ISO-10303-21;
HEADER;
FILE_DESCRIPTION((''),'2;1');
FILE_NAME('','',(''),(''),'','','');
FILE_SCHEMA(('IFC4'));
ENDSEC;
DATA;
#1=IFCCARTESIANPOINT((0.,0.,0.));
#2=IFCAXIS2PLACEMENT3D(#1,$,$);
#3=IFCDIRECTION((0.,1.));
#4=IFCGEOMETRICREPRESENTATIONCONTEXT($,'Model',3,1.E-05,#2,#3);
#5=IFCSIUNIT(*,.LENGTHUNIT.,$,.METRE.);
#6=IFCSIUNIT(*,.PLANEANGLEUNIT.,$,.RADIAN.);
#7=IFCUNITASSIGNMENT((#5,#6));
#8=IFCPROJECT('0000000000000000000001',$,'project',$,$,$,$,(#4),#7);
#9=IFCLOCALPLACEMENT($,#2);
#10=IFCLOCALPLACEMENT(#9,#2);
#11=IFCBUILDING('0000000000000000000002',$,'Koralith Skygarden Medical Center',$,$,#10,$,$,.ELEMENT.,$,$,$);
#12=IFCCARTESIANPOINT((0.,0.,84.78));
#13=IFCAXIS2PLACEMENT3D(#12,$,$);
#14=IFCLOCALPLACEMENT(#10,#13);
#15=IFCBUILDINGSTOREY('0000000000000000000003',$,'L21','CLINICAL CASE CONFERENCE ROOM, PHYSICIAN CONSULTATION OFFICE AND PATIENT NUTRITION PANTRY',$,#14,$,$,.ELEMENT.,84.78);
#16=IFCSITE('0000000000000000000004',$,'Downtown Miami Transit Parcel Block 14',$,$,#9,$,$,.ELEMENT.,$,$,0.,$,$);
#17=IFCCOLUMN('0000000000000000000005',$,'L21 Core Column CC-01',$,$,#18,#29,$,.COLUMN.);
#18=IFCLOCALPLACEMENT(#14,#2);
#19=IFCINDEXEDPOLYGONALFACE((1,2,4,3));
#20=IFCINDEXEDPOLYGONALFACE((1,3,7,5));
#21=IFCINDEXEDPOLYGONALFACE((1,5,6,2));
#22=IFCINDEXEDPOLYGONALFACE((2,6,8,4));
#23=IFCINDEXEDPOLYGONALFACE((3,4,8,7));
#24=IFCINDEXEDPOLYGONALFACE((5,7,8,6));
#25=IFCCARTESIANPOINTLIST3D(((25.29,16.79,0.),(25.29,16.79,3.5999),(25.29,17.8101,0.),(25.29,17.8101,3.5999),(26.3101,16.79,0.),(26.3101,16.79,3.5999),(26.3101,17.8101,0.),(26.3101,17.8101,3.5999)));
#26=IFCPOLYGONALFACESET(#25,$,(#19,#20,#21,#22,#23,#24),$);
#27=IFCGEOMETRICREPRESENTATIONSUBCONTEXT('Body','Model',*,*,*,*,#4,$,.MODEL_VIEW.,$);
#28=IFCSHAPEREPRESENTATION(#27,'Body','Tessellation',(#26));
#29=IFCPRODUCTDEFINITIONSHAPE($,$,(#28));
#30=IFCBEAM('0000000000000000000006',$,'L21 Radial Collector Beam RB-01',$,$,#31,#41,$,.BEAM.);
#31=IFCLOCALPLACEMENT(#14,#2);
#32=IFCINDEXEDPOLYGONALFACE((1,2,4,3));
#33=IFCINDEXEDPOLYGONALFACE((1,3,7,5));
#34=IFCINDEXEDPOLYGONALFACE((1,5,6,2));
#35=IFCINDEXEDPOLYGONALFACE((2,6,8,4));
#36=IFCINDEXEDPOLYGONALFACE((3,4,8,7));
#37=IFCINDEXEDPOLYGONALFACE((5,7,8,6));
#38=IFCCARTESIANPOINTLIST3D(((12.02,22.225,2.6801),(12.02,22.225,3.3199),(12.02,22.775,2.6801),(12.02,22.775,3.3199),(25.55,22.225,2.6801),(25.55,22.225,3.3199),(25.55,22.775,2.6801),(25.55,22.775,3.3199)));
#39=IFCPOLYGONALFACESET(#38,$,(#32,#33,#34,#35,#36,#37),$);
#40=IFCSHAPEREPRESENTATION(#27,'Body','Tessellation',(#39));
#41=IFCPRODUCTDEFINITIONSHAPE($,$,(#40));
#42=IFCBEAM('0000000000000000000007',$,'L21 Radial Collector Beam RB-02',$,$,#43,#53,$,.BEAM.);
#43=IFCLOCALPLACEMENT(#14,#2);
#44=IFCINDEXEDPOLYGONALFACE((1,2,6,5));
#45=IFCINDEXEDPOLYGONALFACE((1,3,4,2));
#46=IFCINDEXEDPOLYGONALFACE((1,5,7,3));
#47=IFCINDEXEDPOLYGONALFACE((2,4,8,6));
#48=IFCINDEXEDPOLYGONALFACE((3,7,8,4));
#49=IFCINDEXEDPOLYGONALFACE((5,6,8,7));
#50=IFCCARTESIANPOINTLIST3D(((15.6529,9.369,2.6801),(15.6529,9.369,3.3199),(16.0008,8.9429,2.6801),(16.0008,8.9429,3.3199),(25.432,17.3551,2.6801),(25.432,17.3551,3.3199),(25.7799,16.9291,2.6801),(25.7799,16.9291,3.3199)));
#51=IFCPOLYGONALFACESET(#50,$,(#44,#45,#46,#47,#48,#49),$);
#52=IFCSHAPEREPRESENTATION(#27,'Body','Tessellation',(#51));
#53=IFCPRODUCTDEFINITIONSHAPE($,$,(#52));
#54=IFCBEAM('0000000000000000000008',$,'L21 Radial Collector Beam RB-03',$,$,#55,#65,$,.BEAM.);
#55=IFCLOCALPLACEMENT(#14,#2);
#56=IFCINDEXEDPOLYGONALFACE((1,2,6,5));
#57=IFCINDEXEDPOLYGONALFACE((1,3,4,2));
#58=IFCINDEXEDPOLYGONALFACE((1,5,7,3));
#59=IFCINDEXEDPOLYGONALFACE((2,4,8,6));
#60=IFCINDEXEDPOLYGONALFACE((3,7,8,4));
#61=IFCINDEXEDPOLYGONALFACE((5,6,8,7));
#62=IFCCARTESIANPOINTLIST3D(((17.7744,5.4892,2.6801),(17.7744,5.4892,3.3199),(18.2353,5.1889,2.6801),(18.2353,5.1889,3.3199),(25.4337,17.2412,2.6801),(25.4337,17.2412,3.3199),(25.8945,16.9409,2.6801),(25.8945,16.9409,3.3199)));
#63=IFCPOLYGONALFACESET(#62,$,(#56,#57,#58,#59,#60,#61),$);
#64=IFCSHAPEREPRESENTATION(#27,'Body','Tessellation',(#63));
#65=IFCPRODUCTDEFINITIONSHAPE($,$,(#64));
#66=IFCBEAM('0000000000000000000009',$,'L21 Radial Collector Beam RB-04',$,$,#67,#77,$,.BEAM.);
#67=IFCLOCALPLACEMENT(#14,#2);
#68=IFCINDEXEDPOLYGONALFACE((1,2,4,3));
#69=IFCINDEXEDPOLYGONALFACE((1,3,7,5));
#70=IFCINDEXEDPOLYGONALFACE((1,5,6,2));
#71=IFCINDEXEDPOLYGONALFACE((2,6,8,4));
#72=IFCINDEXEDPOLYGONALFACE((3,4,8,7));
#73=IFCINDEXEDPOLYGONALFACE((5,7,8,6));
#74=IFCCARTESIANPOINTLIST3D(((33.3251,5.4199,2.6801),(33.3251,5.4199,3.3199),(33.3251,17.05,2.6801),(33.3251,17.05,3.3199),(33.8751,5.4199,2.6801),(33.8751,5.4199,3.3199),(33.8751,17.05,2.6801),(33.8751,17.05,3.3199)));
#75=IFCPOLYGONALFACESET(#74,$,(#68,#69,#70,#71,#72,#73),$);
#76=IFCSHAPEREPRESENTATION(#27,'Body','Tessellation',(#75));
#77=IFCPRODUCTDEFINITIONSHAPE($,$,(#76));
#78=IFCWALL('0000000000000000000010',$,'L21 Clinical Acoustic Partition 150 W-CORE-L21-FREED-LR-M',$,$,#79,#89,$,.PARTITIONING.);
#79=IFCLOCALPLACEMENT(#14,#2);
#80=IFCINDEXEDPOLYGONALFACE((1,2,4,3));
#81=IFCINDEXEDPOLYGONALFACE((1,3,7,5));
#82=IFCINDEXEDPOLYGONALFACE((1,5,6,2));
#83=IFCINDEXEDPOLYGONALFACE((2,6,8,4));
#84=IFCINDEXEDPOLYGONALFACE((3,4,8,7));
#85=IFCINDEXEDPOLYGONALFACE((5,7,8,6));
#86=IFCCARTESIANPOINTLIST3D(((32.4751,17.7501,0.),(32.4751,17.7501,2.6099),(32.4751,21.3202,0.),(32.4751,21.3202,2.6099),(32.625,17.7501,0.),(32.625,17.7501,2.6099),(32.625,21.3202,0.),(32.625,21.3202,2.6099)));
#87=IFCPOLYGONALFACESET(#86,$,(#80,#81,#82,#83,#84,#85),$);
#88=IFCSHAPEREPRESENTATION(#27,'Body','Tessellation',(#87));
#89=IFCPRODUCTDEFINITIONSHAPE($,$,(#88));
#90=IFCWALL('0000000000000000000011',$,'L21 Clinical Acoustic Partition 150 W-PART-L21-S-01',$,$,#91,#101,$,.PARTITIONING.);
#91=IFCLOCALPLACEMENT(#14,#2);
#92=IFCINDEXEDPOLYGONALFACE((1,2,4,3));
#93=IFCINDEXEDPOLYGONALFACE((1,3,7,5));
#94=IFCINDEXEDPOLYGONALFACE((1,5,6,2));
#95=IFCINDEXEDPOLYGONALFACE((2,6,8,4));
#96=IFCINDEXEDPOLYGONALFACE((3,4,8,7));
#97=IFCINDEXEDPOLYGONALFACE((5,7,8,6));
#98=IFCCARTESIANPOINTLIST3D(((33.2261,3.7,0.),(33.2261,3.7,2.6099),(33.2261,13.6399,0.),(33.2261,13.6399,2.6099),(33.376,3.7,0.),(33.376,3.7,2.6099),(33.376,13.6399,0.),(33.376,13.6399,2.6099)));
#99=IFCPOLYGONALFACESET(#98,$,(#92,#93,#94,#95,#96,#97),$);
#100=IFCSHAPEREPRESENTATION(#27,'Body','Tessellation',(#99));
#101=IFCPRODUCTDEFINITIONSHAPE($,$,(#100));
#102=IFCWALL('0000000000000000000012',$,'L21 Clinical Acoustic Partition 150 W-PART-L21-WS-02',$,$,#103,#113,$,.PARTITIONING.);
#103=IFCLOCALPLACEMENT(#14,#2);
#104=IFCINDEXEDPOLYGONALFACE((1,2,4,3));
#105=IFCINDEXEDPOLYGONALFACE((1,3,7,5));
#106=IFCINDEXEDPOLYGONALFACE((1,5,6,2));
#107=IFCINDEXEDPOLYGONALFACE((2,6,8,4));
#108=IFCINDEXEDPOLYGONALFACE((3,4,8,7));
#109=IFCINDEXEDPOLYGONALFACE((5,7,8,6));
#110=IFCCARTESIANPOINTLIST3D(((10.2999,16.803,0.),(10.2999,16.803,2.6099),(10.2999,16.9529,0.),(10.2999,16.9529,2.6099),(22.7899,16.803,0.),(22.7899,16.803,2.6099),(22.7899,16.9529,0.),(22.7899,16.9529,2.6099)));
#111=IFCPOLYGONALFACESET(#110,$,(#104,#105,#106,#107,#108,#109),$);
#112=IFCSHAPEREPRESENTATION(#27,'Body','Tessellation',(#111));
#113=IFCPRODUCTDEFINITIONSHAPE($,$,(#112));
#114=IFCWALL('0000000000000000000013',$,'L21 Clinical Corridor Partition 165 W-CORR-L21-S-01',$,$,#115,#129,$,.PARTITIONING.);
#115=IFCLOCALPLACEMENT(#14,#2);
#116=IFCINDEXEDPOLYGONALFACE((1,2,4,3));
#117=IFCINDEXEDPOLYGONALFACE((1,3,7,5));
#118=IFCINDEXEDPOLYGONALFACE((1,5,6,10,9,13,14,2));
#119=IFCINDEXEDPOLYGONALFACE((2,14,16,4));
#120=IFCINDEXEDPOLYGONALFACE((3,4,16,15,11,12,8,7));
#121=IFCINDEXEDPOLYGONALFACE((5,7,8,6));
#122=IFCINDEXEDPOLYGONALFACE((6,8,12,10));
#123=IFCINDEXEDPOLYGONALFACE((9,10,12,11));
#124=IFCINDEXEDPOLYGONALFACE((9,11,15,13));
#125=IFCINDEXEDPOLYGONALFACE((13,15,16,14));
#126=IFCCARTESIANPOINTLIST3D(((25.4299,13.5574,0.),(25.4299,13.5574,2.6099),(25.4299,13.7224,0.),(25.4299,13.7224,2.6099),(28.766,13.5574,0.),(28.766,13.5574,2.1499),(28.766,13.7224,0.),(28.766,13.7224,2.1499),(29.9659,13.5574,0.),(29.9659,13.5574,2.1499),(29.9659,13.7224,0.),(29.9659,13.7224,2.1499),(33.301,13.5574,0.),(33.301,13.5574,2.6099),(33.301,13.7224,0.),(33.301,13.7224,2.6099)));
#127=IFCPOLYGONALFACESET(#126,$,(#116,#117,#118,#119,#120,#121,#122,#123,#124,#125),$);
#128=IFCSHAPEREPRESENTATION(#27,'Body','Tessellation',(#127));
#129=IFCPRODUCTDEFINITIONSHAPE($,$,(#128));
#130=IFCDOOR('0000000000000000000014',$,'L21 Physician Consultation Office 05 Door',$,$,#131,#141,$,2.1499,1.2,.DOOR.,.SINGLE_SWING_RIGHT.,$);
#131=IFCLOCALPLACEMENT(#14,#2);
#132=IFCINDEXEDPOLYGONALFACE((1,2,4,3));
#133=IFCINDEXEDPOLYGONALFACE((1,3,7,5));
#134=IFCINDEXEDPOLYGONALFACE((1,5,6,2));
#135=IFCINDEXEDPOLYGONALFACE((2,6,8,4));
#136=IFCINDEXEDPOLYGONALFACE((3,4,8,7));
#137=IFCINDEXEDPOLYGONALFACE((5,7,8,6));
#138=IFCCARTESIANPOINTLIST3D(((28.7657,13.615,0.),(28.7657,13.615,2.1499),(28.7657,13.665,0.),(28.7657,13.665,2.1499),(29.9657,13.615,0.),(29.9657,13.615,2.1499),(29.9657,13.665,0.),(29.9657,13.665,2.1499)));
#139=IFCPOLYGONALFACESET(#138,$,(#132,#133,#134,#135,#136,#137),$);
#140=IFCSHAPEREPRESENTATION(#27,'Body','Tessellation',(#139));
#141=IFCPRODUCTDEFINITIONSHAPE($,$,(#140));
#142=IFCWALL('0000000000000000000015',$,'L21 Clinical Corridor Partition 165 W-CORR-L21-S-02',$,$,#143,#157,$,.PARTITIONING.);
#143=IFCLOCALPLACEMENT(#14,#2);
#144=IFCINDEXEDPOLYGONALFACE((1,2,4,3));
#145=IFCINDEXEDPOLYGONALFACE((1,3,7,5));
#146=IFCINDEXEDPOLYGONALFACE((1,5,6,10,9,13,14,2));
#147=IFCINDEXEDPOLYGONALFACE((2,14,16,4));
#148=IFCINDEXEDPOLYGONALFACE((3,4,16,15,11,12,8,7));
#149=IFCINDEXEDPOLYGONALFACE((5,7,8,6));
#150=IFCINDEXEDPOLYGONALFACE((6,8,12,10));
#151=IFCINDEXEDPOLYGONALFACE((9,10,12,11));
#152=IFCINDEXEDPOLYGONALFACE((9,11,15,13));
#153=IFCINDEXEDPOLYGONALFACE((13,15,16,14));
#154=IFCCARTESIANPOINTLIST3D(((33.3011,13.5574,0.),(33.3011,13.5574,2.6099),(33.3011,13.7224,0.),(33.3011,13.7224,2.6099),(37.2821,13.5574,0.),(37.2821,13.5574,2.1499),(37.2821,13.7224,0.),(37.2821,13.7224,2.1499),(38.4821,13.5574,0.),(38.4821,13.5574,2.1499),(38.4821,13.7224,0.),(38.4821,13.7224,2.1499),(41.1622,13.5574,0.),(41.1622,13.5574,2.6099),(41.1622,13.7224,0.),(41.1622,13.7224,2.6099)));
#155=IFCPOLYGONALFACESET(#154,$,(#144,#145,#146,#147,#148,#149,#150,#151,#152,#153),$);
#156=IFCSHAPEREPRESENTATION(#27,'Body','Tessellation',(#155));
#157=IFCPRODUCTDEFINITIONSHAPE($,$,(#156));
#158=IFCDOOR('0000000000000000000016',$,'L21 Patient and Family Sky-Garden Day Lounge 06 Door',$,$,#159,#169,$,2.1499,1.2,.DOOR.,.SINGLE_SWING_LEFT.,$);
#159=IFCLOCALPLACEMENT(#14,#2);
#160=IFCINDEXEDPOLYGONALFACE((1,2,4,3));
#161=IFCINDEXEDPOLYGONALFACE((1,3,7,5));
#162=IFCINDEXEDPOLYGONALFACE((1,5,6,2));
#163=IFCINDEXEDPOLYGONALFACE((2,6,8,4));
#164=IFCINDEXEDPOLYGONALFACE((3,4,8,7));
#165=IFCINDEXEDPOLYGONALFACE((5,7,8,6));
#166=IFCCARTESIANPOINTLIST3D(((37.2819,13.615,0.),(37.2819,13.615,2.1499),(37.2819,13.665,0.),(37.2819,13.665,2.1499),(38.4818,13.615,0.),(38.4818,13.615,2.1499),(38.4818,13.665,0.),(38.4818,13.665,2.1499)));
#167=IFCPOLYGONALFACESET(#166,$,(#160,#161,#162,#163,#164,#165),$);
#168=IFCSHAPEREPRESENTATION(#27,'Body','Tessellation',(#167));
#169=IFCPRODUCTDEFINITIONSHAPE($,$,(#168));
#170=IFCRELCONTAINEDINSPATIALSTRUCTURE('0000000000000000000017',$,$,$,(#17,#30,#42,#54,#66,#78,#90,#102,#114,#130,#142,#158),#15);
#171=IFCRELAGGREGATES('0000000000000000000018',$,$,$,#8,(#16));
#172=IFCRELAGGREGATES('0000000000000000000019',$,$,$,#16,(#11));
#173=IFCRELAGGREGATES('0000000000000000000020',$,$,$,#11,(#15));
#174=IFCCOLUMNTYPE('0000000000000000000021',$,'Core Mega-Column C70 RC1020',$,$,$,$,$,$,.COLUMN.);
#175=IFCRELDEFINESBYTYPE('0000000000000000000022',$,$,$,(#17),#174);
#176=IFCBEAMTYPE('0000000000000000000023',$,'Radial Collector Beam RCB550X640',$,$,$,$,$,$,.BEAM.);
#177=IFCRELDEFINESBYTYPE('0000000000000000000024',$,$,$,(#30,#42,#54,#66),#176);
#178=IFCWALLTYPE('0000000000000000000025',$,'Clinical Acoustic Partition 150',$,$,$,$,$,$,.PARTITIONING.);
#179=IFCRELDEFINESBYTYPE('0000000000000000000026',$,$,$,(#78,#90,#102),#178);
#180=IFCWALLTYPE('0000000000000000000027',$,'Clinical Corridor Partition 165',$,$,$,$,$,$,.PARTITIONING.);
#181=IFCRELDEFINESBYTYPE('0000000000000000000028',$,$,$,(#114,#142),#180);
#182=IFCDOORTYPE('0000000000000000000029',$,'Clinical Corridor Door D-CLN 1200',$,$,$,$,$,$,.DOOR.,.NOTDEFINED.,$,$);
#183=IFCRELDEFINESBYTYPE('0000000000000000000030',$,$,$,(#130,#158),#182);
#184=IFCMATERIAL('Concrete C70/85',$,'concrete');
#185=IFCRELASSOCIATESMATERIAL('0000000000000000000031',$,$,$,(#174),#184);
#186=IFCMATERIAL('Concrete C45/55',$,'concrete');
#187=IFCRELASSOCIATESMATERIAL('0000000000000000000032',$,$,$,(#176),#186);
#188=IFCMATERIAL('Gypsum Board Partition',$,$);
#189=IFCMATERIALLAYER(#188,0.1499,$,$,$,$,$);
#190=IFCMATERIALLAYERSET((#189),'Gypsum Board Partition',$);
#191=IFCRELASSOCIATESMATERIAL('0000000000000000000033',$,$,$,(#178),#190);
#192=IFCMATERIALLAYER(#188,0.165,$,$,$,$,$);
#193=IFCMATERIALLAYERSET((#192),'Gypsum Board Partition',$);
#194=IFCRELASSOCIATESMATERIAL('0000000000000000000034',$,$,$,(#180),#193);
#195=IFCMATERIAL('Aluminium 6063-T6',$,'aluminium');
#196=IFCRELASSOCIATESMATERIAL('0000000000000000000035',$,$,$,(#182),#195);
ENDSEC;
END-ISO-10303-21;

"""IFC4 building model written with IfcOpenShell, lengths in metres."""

from ifc_helpers import new_model, si_unit, direction, frame, frame_2d, origin, origin_2d, place, context, subcontext, project, spatial, rectangle, extrude, material, layer, layer_set, material_profile, profile_set, type_object, element, fill, save


model = new_model("IFC4")

# Units and contexts
model_context = context("Model", 3, precision=1e-05, world=origin(), true_north=direction((0.0, 1.0)))
body_context = subcontext(model_context, "Body", "Model", "MODEL_VIEW")
ifc_project = project(units=[si_unit("LENGTHUNIT", "METRE"), si_unit("PLANEANGLEUNIT", "RADIAN")], contexts=[model_context])

# Site, building, storey
site_placement = place(None, origin())
site = spatial("IfcSite", under=ifc_project, at=site_placement, Name="Downtown Miami Transit Parcel Block 14", CompositionType="ELEMENT", RefElevation=0.0)
building_placement = place(site_placement, origin())
building = spatial("IfcBuilding", under=site, at=building_placement, Name="Koralith Skygarden Medical Center", CompositionType="ELEMENT")
storey_placement = place(building_placement, frame((0.0, 0.0, 84.78)))
storey = spatial("IfcBuildingStorey", under=building, at=storey_placement, Name="L21", Description="CLINICAL CASE CONFERENCE ROOM, PHYSICIAN CONSULTATION OFFICE AND PATIENT NUTRITION PANTRY", CompositionType="ELEMENT", Elevation=84.78)

# Column
ifc_material_1 = material(Name="Concrete C70/85", Category="concrete")
ifc_material_profile_1 = material_profile(ifc_material_1, rectangle(XDim=1.02, YDim=1.02, at=origin_2d()), Name="RC1020X1020")
ifc_profile_set_1 = profile_set([ifc_material_profile_1], Name="Concrete C70/85")
column_type = type_object("IfcColumnType", Name="Core Mega-Column C70 RC1020", PredefinedType="COLUMN", material=ifc_profile_set_1)
column_placement = place(storey_placement, frame((25.8, 17.3, 0.0), z_axis=(0.0, 0.0, 1.0), x_axis=(1.0, 0.0, 0.0)))
element("IfcColumn", 1, at=column_placement, inside=storey, type_object=column_type, Name="L21 Core Column CC-01", PredefinedType="COLUMN", context=body_context, shape_type="SweptSolid", body=[
    extrude(rectangle(XDim=1.02, YDim=1.02, at=origin_2d()), origin(), (0.0, 0.0, 1.0), 3.5999),
])

# Beams
ifc_material_2 = material(Name="Concrete C45/55", Category="concrete")
ifc_material_profile_2 = material_profile(ifc_material_2, rectangle(XDim=0.55, YDim=0.6399, at=origin_2d()), Name="RCB550X640")
ifc_profile_set_2 = profile_set([ifc_material_profile_2], Name="Concrete C45/55")
beam_type = type_object("IfcBeamType", Name="Radial Collector Beam RCB550X640", PredefinedType="BEAM", material=ifc_profile_set_2)
beam_1_placement = place(storey_placement, frame((25.55, 22.5, 3.0), z_axis=(-1.0, 0.0, 0.0), x_axis=(0.0, -1.0, 0.0)))
element("IfcBeam", 2, at=beam_1_placement, inside=storey, type_object=beam_type, Name="L21 Radial Collector Beam RB-01", PredefinedType="BEAM", context=body_context, shape_type="SweptSolid", body=[
    extrude(rectangle(XDim=0.55, YDim=0.6399, at=origin_2d()), origin(), (0.0, 0.0, 1.0), 13.53),
])
beam_2_placement = place(storey_placement, frame((25.606, 17.1421, 3.0), z_axis=(-0.774538, -0.632528, 0.0), x_axis=(0.632528, -0.774538, 0.0)))
element("IfcBeam", 3, at=beam_2_placement, inside=storey, type_object=beam_type, Name="L21 Radial Collector Beam RB-02", PredefinedType="BEAM", context=body_context, shape_type="SweptSolid", body=[
    extrude(rectangle(XDim=0.55, YDim=0.6399, at=origin_2d()), origin(), (0.0, 0.0, 1.0), 12.6257),
])
beam_3_placement = place(storey_placement, frame((25.6641, 17.0911, 3.0), z_axis=(-0.546011, -0.837778, 0.0), x_axis=(0.837778, -0.546011, 0.0)))
element("IfcBeam", 4, at=beam_3_placement, inside=storey, type_object=beam_type, Name="L21 Radial Collector Beam RB-03", PredefinedType="BEAM", context=body_context, shape_type="SweptSolid", body=[
    extrude(rectangle(XDim=0.55, YDim=0.6399, at=origin_2d()), origin(), (0.0, 0.0, 1.0), 14.0276),
])
beam_4_placement = place(storey_placement, frame((33.6001, 17.05, 3.0), z_axis=(0.0, -1.0, 0.0), x_axis=(1.0, 0.0, 0.0)))
element("IfcBeam", 5, at=beam_4_placement, inside=storey, type_object=beam_type, Name="L21 Radial Collector Beam RB-04", PredefinedType="BEAM", context=body_context, shape_type="SweptSolid", body=[
    extrude(rectangle(XDim=0.55, YDim=0.6399, at=origin_2d()), origin(), (0.0, 0.0, 1.0), 11.6301),
])

# Shared definitions
ifc_material_3 = material(Name="Gypsum Board Partition")
ifc_layer_1 = layer(ifc_material_3, 0.1499)
ifc_layer_set_1 = layer_set([ifc_layer_1], Name="Gypsum Board Partition")
wall_type_1 = type_object("IfcWallType", Name="Clinical Acoustic Partition 150", PredefinedType="PARTITIONING", material=ifc_layer_set_1)
ifc_material_4 = material(Name="Aluminium 6063-T6", Category="aluminium")

# Walls
wall_1_placement = place(storey_placement, frame((32.55, 17.75, 0.0), z_axis=(0.0, 0.0, 1.0), x_axis=(0.0, 1.0, 0.0)))
element("IfcWall", 6, at=wall_1_placement, inside=storey, type_object=wall_type_1, Name="L21 Clinical Acoustic Partition 150 W-CORE-L21-FREED-LR-M", PredefinedType="PARTITIONING", context=body_context, shape_type="SweptSolid", body=[
    extrude(rectangle(XDim=3.5701, YDim=0.1499, at=frame_2d((1.7852, 0.0))), origin(), (0.0, 0.0, 1.0), 2.6099),
])
wall_2_placement = place(storey_placement, frame((33.301, 13.6399, 0.0), z_axis=(0.0, 0.0, 1.0), x_axis=(0.0, -1.0, 0.0)))
element("IfcWall", 7, at=wall_2_placement, inside=storey, type_object=wall_type_1, Name="L21 Clinical Acoustic Partition 150 W-PART-L21-S-01", PredefinedType="PARTITIONING", context=body_context, shape_type="SweptSolid", body=[
    extrude(rectangle(XDim=9.9399, YDim=0.1499, at=frame_2d((4.97, 0.0))), origin(), (0.0, 0.0, 1.0), 2.6099),
])
wall_3_placement = place(storey_placement, frame((22.79, 16.8779, 0.0), z_axis=(0.0, 0.0, 1.0), x_axis=(-1.0, 0.0, 0.0)))
element("IfcWall", 8, at=wall_3_placement, inside=storey, type_object=wall_type_1, Name="L21 Clinical Acoustic Partition 150 W-PART-L21-WS-02", PredefinedType="PARTITIONING", context=body_context, shape_type="SweptSolid", body=[
    extrude(rectangle(XDim=12.49, YDim=0.1499, at=frame_2d((6.2451, 0.0))), origin(), (0.0, 0.0, 1.0), 2.6099),
])

# Walls, openings, doors
ifc_layer_2 = layer(ifc_material_3, 0.165)
ifc_layer_set_2 = layer_set([ifc_layer_2], Name="Gypsum Board Partition")
wall_type_2 = type_object("IfcWallType", Name="Clinical Corridor Partition 165", PredefinedType="PARTITIONING", material=ifc_layer_set_2)
wall_4_placement = place(storey_placement, frame((25.4299, 13.6399, 0.0), z_axis=(0.0, 0.0, 1.0), x_axis=(1.0, 0.0, 0.0)))
wall_4 = element("IfcWall", 9, at=wall_4_placement, inside=storey, type_object=wall_type_2, Name="L21 Clinical Corridor Partition 165 W-CORR-L21-S-01", PredefinedType="PARTITIONING", context=body_context, shape_type="SweptSolid", body=[
    extrude(rectangle(XDim=7.8711, YDim=0.165, at=frame_2d((3.9355, 0.0))), origin(), (0.0, 0.0, 1.0), 2.6099),
])
opening_1_placement = place(wall_4_placement, frame((3.3359, 0.0, 0.0)))
opening_1 = element("IfcOpeningElement", 10, at=opening_1_placement, cuts=wall_4, PredefinedType="OPENING", context=body_context, shape_type="SweptSolid", body=[
    extrude(rectangle(XDim=1.2, YDim=2.1499, at=frame_2d((0.6001, 1.075))), frame((0.0, 0.0925, 0.0), z_axis=(0.0, -1.0, 0.0), x_axis=(1.0, 0.0, 0.0)), (0.0, 0.0, 1.0), 0.1851),
])
door_type_1 = type_object("IfcDoorType", Name="Clinical Corridor Door D-CLN 1200", OperationType="NOTDEFINED", PredefinedType="DOOR", material=ifc_material_4)
door_1_placement = place(opening_1_placement, frame((1.2, 0.0, 0.0), z_axis=(0.0, 0.0, 1.0), x_axis=(-1.0, 0.0, 0.0)))
door_1 = element("IfcDoor", 11, at=door_1_placement, inside=storey, type_object=door_type_1, Name="L21 Physician Consultation Office 05 Door", OperationType="SINGLE_SWING_RIGHT", OverallHeight=2.1499, OverallWidth=1.2, PredefinedType="DOOR", context=body_context, shape_type="SweptSolid", body=[
    extrude(rectangle(XDim=1.2, YDim=2.1499, at=frame_2d((0.6001, 1.075))), frame((0.0, 0.0249, 0.0), z_axis=(0.0, -1.0, 0.0), x_axis=(1.0, 0.0, 0.0)), (0.0, 0.0, 1.0), 0.05),
])
fill(opening_1, door_1)
wall_5_placement = place(storey_placement, frame((33.301, 13.6399, 0.0), z_axis=(0.0, 0.0, 1.0), x_axis=(1.0, 0.0, 0.0)))
wall_5 = element("IfcWall", 12, at=wall_5_placement, inside=storey, type_object=wall_type_2, Name="L21 Clinical Corridor Partition 165 W-CORR-L21-S-02", PredefinedType="PARTITIONING", context=body_context, shape_type="SweptSolid", body=[
    extrude(rectangle(XDim=7.8611, YDim=0.165, at=frame_2d((3.9307, 0.0))), origin(), (0.0, 0.0, 1.0), 2.6099),
])
opening_2_placement = place(wall_5_placement, frame((3.981, 0.0, 0.0)))
opening_2 = element("IfcOpeningElement", 13, at=opening_2_placement, cuts=wall_5, PredefinedType="OPENING", context=body_context, shape_type="SweptSolid", body=[
    extrude(rectangle(XDim=1.2, YDim=2.1499, at=frame_2d((0.6001, 1.075))), frame((0.0, 0.0925, 0.0), z_axis=(0.0, -1.0, 0.0), x_axis=(1.0, 0.0, 0.0)), (0.0, 0.0, 1.0), 0.1851),
])
door_2_placement = place(opening_2_placement, frame((1.2, 0.0, 0.0), z_axis=(0.0, 0.0, 1.0), x_axis=(-1.0, 0.0, 0.0)))
door_2 = element("IfcDoor", 14, at=door_2_placement, inside=storey, type_object=door_type_1, Name="L21 Patient and Family Sky-Garden Day Lounge 06 Door", OperationType="SINGLE_SWING_LEFT", OverallHeight=2.1499, OverallWidth=1.2, PredefinedType="DOOR", context=body_context, shape_type="SweptSolid", body=[
    extrude(rectangle(XDim=1.2, YDim=2.1499, at=frame_2d((0.6001, 1.075))), frame((0.0, 0.0249, 0.0), z_axis=(0.0, -1.0, 0.0), x_axis=(1.0, 0.0, 0.0)), (0.0, 0.0, 1.0), 0.05),
])
fill(opening_2, door_2)

save(model, "model.ifc")
